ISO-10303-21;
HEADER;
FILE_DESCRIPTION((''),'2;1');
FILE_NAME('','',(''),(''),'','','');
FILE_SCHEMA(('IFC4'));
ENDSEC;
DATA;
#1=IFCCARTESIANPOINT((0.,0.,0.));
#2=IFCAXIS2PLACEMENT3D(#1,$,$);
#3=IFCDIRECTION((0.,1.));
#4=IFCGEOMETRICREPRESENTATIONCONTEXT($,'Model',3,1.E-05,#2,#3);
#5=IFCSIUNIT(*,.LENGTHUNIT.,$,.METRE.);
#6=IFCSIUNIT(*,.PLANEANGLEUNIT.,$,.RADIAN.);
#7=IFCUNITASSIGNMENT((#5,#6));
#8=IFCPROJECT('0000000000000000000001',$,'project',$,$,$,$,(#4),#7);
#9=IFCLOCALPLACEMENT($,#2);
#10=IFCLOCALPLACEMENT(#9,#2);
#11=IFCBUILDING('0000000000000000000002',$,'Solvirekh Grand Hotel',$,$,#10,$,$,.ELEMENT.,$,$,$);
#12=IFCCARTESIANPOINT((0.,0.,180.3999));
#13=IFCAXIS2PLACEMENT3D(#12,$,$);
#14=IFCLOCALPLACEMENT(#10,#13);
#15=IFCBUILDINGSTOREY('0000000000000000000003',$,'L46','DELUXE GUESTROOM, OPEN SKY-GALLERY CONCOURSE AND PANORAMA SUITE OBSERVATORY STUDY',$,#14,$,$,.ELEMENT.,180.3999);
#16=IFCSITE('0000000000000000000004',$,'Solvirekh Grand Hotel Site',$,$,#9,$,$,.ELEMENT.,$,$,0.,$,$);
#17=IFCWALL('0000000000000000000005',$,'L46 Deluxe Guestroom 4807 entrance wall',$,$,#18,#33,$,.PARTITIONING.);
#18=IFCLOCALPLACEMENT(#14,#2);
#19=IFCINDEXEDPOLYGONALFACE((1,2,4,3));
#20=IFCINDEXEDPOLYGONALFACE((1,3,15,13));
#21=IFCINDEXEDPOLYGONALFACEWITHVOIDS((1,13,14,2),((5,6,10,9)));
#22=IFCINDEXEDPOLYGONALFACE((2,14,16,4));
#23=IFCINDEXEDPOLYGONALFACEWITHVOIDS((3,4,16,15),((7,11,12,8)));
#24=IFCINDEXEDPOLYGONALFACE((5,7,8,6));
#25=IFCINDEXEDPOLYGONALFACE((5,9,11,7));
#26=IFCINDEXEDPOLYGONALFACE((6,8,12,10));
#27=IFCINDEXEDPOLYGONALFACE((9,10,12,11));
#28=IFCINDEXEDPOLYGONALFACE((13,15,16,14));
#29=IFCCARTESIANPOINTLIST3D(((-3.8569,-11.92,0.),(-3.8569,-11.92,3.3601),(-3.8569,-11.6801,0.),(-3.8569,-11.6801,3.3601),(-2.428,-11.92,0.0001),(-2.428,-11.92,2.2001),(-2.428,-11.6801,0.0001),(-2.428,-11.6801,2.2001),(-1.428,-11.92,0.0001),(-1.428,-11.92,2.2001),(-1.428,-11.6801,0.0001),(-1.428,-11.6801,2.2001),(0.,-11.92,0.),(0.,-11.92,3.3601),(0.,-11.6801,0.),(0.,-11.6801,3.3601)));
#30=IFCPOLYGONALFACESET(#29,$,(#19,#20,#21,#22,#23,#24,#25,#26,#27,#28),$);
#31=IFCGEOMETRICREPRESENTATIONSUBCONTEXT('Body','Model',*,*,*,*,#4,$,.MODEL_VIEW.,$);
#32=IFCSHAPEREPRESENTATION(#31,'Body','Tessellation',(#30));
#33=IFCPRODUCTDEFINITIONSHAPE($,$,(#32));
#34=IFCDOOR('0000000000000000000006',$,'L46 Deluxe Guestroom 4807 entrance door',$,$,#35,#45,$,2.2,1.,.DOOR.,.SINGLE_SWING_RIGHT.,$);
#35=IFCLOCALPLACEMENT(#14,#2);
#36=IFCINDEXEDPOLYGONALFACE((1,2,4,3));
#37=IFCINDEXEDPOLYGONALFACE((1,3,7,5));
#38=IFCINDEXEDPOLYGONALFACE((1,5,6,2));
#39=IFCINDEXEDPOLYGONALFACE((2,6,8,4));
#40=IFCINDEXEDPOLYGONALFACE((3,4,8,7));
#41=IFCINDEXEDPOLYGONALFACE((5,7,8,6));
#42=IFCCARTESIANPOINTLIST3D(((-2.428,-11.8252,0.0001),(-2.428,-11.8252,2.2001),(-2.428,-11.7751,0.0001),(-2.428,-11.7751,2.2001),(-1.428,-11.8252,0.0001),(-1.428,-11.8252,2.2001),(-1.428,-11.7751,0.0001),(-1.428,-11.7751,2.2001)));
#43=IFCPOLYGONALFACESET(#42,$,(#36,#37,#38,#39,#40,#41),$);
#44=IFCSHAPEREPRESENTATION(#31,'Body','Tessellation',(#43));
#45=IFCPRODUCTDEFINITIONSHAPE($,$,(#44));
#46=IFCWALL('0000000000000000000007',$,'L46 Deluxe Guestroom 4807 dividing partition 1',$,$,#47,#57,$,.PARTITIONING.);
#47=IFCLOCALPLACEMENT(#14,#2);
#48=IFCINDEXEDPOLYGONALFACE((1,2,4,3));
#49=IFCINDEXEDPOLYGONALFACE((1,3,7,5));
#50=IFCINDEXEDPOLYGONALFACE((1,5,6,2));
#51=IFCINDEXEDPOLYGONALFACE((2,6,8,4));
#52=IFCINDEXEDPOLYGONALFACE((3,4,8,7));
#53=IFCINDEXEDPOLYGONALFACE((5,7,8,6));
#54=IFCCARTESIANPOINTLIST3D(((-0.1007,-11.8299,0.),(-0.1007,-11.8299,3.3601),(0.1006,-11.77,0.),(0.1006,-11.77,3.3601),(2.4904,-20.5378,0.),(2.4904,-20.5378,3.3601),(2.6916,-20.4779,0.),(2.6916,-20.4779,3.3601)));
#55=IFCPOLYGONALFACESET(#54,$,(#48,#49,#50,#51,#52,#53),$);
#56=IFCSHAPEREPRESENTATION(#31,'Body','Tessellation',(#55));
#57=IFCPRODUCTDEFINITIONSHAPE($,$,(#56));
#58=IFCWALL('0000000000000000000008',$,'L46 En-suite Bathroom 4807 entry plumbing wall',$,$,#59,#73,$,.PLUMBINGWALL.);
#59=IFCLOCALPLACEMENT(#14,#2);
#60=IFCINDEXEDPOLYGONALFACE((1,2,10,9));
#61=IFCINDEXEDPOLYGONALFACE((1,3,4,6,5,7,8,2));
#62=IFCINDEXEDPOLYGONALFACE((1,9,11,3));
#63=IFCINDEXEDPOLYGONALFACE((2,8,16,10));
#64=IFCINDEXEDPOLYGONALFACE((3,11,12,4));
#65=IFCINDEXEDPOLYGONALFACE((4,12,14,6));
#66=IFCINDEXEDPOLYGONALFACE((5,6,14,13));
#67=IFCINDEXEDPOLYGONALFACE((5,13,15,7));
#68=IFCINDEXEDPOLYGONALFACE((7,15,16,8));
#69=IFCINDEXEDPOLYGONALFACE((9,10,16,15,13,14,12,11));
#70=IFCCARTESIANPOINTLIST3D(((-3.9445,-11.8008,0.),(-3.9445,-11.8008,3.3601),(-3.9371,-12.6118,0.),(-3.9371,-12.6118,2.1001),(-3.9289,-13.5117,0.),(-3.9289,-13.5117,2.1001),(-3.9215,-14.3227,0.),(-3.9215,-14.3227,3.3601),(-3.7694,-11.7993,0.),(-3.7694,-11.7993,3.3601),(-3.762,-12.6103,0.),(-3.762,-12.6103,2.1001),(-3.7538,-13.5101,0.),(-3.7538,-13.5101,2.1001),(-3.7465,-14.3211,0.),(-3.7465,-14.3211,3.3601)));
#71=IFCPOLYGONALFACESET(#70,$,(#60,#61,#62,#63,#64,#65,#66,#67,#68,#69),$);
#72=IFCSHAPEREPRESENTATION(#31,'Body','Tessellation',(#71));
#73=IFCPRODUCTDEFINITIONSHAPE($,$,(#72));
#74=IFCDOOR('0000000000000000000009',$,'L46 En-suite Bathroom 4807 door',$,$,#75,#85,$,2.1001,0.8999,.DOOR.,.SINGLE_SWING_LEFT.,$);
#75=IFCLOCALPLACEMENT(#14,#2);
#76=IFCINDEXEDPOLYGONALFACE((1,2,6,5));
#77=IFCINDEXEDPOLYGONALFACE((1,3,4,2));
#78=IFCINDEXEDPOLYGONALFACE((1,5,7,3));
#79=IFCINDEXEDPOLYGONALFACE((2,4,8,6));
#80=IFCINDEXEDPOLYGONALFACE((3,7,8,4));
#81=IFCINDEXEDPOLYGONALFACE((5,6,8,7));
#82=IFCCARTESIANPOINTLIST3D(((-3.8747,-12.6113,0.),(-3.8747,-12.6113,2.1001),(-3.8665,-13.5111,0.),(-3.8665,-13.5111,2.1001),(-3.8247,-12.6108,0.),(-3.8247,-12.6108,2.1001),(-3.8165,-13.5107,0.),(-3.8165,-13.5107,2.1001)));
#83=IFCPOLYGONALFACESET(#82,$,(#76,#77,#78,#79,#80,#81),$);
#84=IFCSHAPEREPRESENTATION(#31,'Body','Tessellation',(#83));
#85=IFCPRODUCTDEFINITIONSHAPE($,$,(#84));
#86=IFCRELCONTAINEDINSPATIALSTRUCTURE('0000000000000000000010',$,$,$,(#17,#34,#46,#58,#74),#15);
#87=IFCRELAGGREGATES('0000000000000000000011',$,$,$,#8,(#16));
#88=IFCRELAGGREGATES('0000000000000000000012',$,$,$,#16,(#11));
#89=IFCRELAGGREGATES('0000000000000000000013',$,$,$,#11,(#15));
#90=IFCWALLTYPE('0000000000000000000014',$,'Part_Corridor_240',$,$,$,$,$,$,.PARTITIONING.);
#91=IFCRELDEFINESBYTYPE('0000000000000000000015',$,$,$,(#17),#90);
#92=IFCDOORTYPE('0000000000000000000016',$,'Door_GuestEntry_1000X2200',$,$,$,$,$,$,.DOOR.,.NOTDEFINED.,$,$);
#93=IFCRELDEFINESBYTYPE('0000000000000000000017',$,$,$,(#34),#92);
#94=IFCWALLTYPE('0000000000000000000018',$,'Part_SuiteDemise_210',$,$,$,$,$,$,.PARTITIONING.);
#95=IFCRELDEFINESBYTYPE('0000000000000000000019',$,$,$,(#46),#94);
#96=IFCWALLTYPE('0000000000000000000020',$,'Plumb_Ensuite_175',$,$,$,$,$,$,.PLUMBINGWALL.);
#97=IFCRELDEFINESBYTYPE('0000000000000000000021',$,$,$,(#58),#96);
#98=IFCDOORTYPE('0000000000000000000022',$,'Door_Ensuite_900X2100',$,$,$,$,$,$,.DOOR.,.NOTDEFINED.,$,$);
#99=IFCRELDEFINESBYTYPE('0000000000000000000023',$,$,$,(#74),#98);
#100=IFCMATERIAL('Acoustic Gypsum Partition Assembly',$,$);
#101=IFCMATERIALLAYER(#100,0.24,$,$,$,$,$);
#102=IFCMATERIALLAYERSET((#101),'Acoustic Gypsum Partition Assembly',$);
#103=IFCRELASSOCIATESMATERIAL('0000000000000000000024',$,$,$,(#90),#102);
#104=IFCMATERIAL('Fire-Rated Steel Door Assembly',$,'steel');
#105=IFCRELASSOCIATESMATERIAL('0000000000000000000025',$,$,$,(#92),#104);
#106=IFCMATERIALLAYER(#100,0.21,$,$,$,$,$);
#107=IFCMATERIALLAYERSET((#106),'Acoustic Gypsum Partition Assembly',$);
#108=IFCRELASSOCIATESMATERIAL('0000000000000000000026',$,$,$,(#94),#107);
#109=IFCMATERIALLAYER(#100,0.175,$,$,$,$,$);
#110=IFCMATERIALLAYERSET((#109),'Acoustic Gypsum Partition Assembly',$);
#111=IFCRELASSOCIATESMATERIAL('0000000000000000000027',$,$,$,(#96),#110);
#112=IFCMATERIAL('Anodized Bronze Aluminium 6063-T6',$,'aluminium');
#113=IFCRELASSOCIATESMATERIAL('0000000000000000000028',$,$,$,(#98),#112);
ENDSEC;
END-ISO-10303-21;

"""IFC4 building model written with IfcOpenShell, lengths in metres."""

from ifc_helpers import new_model, si_unit, direction, frame, frame_2d, origin, place, context, subcontext, project, spatial, rectangle, extrude, material, layer, layer_set, type_object, element, fill, save


model = new_model("IFC4")

# Units and contexts
model_context = context("Model", 3, precision=1e-05, world=origin(), true_north=direction((0.0, 1.0)))
body_context = subcontext(model_context, "Body", "Model", "MODEL_VIEW")
ifc_project = project(units=[si_unit("LENGTHUNIT", "METRE"), si_unit("PLANEANGLEUNIT", "RADIAN")], contexts=[model_context])

# Site, building, storey
site_placement = place(None, origin())
site = spatial("IfcSite", under=ifc_project, at=site_placement, Name="Solvirekh Grand Hotel Site", CompositionType="ELEMENT", RefElevation=0.0)
building_placement = place(site_placement, origin())
building = spatial("IfcBuilding", under=site, at=building_placement, Name="Solvirekh Grand Hotel", CompositionType="ELEMENT")
storey_placement = place(building_placement, frame((0.0, 0.0, 180.3999)))
storey = spatial("IfcBuildingStorey", under=building, at=storey_placement, Name="L46", Description="DELUXE GUESTROOM, OPEN SKY-GALLERY CONCOURSE AND PANORAMA SUITE OBSERVATORY STUDY", CompositionType="ELEMENT", Elevation=180.3999)

# Shared definitions
ifc_material_1 = material(Name="Anodized Bronze Aluminium 6063-T6", Category="aluminium")

# Wall, opening, door
ifc_material_2 = material(Name="Acoustic Gypsum Partition Assembly")
ifc_layer_1 = layer(ifc_material_2, 0.24)
ifc_layer_set_1 = layer_set([ifc_layer_1], Name="Acoustic Gypsum Partition Assembly")
wall_type_1 = type_object("IfcWallType", Name="Part_Corridor_240", PredefinedType="PARTITIONING", material=ifc_layer_set_1)
wall_1_placement = place(storey_placement, frame((-3.8569, -11.8, 0.0), z_axis=(0.0, 0.0, 1.0), x_axis=(1.0, 0.0, 0.0)))
wall_1 = element("IfcWall", 1, at=wall_1_placement, inside=storey, type_object=wall_type_1, Name="L46 Deluxe Guestroom 4807 entrance wall", PredefinedType="PARTITIONING", context=body_context, shape_type="SweptSolid", body=[
    extrude(rectangle(XDim=3.8569, YDim=0.24, at=frame_2d((1.9285, 0.0))), origin(), (0.0, 0.0, 1.0), 3.3601),
])
opening_1_placement = place(wall_1_placement, frame((1.429, 0.0, 0.0)))
opening_1 = element("IfcOpeningElement", 2, at=opening_1_placement, cuts=wall_1, PredefinedType="OPENING", context=body_context, shape_type="SweptSolid", body=[
    extrude(rectangle(XDim=1.0, YDim=2.2, at=frame_2d((0.5, 1.1001))), frame((0.0, 0.1299, 0.0), z_axis=(0.0, -1.0, 0.0), x_axis=(1.0, 0.0, 0.0)), (0.0, 0.0, 1.0), 0.26),
])
ifc_material_3 = material(Name="Fire-Rated Steel Door Assembly", Category="steel")
door_type_1 = type_object("IfcDoorType", Name="Door_GuestEntry_1000X2200", OperationType="NOTDEFINED", PredefinedType="DOOR", material=ifc_material_3)
door_1_placement = place(opening_1_placement, origin())
door_1 = element("IfcDoor", 3, at=door_1_placement, inside=storey, type_object=door_type_1, Name="L46 Deluxe Guestroom 4807 entrance door", OperationType="SINGLE_SWING_RIGHT", OverallHeight=2.2, OverallWidth=1.0, PredefinedType="DOOR", context=body_context, shape_type="SweptSolid", body=[
    extrude(rectangle(XDim=1.0, YDim=2.2, at=frame_2d((0.5, 1.1001))), frame((0.0, 0.0249, 0.0), z_axis=(0.0, -1.0, 0.0), x_axis=(1.0, 0.0, 0.0)), (0.0, 0.0, 1.0), 0.05),
])
fill(opening_1, door_1)

# Wall
ifc_layer_2 = layer(ifc_material_2, 0.21)
ifc_layer_set_2 = layer_set([ifc_layer_2], Name="Acoustic Gypsum Partition Assembly")
wall_type_2 = type_object("IfcWallType", Name="Part_SuiteDemise_210", PredefinedType="PARTITIONING", material=ifc_layer_set_2)
wall_2_placement = place(storey_placement, frame((0.0, -11.8, 0.0), z_axis=(0.0, 0.0, 1.0), x_axis=(0.285192, -0.95847, 0.0)))
element("IfcWall", 4, at=wall_2_placement, inside=storey, type_object=wall_type_2, Name="L46 Deluxe Guestroom 4807 dividing partition 1", PredefinedType="PARTITIONING", context=body_context, shape_type="SweptSolid", body=[
    extrude(rectangle(XDim=9.0852, YDim=0.21, at=frame_2d((4.5425, 0.0))), origin(), (0.0, 0.0, 1.0), 3.3601),
])

# Wall, opening, door
ifc_layer_3 = layer(ifc_material_2, 0.175)
ifc_layer_set_3 = layer_set([ifc_layer_3], Name="Acoustic Gypsum Partition Assembly")
wall_type_3 = type_object("IfcWallType", Name="Plumb_Ensuite_175", PredefinedType="PLUMBINGWALL", material=ifc_layer_set_3)
wall_3_placement = place(storey_placement, frame((-3.8569, -11.8, 0.0), z_axis=(0.0, 0.0, 1.0), x_axis=(0.009099, -0.999959, 0.0)))
wall_3 = element("IfcWall", 5, at=wall_3_placement, inside=storey, type_object=wall_type_3, Name="L46 En-suite Bathroom 4807 entry plumbing wall", PredefinedType="PLUMBINGWALL", context=body_context, shape_type="SweptSolid", body=[
    extrude(rectangle(XDim=2.522, YDim=0.175, at=frame_2d((1.261, 0.0))), origin(), (0.0, 0.0, 1.0), 3.3601),
])
opening_2_placement = place(wall_3_placement, frame((0.811, 0.0, 0.0)))
opening_2 = element("IfcOpeningElement", 6, at=opening_2_placement, cuts=wall_3, PredefinedType="OPENING", context=body_context, shape_type="SweptSolid", body=[
    extrude(rectangle(XDim=0.8999, YDim=2.1001, at=frame_2d((0.45, 1.05))), frame((0.0, 0.0977, 0.0), z_axis=(0.0, -1.0, 0.0), x_axis=(1.0, 0.0, 0.0)), (0.0, 0.0, 1.0), 0.1951),
])
door_type_2 = type_object("IfcDoorType", Name="Door_Ensuite_900X2100", OperationType="NOTDEFINED", PredefinedType="DOOR", material=ifc_material_1)
door_2_placement = place(opening_2_placement, origin())
door_2 = element("IfcDoor", 7, at=door_2_placement, inside=storey, type_object=door_type_2, Name="L46 En-suite Bathroom 4807 door", OperationType="SINGLE_SWING_LEFT", OverallHeight=2.1001, OverallWidth=0.8999, PredefinedType="DOOR", context=body_context, shape_type="SweptSolid", body=[
    extrude(rectangle(XDim=0.8999, YDim=2.1001, at=frame_2d((0.45, 1.05))), frame((0.0, 0.0249, 0.0), z_axis=(0.0, -1.0, 0.0), x_axis=(1.0, 0.0, 0.0)), (0.0, 0.0, 1.0), 0.05),
])
fill(opening_2, door_2)

save(model, "model.ifc")
